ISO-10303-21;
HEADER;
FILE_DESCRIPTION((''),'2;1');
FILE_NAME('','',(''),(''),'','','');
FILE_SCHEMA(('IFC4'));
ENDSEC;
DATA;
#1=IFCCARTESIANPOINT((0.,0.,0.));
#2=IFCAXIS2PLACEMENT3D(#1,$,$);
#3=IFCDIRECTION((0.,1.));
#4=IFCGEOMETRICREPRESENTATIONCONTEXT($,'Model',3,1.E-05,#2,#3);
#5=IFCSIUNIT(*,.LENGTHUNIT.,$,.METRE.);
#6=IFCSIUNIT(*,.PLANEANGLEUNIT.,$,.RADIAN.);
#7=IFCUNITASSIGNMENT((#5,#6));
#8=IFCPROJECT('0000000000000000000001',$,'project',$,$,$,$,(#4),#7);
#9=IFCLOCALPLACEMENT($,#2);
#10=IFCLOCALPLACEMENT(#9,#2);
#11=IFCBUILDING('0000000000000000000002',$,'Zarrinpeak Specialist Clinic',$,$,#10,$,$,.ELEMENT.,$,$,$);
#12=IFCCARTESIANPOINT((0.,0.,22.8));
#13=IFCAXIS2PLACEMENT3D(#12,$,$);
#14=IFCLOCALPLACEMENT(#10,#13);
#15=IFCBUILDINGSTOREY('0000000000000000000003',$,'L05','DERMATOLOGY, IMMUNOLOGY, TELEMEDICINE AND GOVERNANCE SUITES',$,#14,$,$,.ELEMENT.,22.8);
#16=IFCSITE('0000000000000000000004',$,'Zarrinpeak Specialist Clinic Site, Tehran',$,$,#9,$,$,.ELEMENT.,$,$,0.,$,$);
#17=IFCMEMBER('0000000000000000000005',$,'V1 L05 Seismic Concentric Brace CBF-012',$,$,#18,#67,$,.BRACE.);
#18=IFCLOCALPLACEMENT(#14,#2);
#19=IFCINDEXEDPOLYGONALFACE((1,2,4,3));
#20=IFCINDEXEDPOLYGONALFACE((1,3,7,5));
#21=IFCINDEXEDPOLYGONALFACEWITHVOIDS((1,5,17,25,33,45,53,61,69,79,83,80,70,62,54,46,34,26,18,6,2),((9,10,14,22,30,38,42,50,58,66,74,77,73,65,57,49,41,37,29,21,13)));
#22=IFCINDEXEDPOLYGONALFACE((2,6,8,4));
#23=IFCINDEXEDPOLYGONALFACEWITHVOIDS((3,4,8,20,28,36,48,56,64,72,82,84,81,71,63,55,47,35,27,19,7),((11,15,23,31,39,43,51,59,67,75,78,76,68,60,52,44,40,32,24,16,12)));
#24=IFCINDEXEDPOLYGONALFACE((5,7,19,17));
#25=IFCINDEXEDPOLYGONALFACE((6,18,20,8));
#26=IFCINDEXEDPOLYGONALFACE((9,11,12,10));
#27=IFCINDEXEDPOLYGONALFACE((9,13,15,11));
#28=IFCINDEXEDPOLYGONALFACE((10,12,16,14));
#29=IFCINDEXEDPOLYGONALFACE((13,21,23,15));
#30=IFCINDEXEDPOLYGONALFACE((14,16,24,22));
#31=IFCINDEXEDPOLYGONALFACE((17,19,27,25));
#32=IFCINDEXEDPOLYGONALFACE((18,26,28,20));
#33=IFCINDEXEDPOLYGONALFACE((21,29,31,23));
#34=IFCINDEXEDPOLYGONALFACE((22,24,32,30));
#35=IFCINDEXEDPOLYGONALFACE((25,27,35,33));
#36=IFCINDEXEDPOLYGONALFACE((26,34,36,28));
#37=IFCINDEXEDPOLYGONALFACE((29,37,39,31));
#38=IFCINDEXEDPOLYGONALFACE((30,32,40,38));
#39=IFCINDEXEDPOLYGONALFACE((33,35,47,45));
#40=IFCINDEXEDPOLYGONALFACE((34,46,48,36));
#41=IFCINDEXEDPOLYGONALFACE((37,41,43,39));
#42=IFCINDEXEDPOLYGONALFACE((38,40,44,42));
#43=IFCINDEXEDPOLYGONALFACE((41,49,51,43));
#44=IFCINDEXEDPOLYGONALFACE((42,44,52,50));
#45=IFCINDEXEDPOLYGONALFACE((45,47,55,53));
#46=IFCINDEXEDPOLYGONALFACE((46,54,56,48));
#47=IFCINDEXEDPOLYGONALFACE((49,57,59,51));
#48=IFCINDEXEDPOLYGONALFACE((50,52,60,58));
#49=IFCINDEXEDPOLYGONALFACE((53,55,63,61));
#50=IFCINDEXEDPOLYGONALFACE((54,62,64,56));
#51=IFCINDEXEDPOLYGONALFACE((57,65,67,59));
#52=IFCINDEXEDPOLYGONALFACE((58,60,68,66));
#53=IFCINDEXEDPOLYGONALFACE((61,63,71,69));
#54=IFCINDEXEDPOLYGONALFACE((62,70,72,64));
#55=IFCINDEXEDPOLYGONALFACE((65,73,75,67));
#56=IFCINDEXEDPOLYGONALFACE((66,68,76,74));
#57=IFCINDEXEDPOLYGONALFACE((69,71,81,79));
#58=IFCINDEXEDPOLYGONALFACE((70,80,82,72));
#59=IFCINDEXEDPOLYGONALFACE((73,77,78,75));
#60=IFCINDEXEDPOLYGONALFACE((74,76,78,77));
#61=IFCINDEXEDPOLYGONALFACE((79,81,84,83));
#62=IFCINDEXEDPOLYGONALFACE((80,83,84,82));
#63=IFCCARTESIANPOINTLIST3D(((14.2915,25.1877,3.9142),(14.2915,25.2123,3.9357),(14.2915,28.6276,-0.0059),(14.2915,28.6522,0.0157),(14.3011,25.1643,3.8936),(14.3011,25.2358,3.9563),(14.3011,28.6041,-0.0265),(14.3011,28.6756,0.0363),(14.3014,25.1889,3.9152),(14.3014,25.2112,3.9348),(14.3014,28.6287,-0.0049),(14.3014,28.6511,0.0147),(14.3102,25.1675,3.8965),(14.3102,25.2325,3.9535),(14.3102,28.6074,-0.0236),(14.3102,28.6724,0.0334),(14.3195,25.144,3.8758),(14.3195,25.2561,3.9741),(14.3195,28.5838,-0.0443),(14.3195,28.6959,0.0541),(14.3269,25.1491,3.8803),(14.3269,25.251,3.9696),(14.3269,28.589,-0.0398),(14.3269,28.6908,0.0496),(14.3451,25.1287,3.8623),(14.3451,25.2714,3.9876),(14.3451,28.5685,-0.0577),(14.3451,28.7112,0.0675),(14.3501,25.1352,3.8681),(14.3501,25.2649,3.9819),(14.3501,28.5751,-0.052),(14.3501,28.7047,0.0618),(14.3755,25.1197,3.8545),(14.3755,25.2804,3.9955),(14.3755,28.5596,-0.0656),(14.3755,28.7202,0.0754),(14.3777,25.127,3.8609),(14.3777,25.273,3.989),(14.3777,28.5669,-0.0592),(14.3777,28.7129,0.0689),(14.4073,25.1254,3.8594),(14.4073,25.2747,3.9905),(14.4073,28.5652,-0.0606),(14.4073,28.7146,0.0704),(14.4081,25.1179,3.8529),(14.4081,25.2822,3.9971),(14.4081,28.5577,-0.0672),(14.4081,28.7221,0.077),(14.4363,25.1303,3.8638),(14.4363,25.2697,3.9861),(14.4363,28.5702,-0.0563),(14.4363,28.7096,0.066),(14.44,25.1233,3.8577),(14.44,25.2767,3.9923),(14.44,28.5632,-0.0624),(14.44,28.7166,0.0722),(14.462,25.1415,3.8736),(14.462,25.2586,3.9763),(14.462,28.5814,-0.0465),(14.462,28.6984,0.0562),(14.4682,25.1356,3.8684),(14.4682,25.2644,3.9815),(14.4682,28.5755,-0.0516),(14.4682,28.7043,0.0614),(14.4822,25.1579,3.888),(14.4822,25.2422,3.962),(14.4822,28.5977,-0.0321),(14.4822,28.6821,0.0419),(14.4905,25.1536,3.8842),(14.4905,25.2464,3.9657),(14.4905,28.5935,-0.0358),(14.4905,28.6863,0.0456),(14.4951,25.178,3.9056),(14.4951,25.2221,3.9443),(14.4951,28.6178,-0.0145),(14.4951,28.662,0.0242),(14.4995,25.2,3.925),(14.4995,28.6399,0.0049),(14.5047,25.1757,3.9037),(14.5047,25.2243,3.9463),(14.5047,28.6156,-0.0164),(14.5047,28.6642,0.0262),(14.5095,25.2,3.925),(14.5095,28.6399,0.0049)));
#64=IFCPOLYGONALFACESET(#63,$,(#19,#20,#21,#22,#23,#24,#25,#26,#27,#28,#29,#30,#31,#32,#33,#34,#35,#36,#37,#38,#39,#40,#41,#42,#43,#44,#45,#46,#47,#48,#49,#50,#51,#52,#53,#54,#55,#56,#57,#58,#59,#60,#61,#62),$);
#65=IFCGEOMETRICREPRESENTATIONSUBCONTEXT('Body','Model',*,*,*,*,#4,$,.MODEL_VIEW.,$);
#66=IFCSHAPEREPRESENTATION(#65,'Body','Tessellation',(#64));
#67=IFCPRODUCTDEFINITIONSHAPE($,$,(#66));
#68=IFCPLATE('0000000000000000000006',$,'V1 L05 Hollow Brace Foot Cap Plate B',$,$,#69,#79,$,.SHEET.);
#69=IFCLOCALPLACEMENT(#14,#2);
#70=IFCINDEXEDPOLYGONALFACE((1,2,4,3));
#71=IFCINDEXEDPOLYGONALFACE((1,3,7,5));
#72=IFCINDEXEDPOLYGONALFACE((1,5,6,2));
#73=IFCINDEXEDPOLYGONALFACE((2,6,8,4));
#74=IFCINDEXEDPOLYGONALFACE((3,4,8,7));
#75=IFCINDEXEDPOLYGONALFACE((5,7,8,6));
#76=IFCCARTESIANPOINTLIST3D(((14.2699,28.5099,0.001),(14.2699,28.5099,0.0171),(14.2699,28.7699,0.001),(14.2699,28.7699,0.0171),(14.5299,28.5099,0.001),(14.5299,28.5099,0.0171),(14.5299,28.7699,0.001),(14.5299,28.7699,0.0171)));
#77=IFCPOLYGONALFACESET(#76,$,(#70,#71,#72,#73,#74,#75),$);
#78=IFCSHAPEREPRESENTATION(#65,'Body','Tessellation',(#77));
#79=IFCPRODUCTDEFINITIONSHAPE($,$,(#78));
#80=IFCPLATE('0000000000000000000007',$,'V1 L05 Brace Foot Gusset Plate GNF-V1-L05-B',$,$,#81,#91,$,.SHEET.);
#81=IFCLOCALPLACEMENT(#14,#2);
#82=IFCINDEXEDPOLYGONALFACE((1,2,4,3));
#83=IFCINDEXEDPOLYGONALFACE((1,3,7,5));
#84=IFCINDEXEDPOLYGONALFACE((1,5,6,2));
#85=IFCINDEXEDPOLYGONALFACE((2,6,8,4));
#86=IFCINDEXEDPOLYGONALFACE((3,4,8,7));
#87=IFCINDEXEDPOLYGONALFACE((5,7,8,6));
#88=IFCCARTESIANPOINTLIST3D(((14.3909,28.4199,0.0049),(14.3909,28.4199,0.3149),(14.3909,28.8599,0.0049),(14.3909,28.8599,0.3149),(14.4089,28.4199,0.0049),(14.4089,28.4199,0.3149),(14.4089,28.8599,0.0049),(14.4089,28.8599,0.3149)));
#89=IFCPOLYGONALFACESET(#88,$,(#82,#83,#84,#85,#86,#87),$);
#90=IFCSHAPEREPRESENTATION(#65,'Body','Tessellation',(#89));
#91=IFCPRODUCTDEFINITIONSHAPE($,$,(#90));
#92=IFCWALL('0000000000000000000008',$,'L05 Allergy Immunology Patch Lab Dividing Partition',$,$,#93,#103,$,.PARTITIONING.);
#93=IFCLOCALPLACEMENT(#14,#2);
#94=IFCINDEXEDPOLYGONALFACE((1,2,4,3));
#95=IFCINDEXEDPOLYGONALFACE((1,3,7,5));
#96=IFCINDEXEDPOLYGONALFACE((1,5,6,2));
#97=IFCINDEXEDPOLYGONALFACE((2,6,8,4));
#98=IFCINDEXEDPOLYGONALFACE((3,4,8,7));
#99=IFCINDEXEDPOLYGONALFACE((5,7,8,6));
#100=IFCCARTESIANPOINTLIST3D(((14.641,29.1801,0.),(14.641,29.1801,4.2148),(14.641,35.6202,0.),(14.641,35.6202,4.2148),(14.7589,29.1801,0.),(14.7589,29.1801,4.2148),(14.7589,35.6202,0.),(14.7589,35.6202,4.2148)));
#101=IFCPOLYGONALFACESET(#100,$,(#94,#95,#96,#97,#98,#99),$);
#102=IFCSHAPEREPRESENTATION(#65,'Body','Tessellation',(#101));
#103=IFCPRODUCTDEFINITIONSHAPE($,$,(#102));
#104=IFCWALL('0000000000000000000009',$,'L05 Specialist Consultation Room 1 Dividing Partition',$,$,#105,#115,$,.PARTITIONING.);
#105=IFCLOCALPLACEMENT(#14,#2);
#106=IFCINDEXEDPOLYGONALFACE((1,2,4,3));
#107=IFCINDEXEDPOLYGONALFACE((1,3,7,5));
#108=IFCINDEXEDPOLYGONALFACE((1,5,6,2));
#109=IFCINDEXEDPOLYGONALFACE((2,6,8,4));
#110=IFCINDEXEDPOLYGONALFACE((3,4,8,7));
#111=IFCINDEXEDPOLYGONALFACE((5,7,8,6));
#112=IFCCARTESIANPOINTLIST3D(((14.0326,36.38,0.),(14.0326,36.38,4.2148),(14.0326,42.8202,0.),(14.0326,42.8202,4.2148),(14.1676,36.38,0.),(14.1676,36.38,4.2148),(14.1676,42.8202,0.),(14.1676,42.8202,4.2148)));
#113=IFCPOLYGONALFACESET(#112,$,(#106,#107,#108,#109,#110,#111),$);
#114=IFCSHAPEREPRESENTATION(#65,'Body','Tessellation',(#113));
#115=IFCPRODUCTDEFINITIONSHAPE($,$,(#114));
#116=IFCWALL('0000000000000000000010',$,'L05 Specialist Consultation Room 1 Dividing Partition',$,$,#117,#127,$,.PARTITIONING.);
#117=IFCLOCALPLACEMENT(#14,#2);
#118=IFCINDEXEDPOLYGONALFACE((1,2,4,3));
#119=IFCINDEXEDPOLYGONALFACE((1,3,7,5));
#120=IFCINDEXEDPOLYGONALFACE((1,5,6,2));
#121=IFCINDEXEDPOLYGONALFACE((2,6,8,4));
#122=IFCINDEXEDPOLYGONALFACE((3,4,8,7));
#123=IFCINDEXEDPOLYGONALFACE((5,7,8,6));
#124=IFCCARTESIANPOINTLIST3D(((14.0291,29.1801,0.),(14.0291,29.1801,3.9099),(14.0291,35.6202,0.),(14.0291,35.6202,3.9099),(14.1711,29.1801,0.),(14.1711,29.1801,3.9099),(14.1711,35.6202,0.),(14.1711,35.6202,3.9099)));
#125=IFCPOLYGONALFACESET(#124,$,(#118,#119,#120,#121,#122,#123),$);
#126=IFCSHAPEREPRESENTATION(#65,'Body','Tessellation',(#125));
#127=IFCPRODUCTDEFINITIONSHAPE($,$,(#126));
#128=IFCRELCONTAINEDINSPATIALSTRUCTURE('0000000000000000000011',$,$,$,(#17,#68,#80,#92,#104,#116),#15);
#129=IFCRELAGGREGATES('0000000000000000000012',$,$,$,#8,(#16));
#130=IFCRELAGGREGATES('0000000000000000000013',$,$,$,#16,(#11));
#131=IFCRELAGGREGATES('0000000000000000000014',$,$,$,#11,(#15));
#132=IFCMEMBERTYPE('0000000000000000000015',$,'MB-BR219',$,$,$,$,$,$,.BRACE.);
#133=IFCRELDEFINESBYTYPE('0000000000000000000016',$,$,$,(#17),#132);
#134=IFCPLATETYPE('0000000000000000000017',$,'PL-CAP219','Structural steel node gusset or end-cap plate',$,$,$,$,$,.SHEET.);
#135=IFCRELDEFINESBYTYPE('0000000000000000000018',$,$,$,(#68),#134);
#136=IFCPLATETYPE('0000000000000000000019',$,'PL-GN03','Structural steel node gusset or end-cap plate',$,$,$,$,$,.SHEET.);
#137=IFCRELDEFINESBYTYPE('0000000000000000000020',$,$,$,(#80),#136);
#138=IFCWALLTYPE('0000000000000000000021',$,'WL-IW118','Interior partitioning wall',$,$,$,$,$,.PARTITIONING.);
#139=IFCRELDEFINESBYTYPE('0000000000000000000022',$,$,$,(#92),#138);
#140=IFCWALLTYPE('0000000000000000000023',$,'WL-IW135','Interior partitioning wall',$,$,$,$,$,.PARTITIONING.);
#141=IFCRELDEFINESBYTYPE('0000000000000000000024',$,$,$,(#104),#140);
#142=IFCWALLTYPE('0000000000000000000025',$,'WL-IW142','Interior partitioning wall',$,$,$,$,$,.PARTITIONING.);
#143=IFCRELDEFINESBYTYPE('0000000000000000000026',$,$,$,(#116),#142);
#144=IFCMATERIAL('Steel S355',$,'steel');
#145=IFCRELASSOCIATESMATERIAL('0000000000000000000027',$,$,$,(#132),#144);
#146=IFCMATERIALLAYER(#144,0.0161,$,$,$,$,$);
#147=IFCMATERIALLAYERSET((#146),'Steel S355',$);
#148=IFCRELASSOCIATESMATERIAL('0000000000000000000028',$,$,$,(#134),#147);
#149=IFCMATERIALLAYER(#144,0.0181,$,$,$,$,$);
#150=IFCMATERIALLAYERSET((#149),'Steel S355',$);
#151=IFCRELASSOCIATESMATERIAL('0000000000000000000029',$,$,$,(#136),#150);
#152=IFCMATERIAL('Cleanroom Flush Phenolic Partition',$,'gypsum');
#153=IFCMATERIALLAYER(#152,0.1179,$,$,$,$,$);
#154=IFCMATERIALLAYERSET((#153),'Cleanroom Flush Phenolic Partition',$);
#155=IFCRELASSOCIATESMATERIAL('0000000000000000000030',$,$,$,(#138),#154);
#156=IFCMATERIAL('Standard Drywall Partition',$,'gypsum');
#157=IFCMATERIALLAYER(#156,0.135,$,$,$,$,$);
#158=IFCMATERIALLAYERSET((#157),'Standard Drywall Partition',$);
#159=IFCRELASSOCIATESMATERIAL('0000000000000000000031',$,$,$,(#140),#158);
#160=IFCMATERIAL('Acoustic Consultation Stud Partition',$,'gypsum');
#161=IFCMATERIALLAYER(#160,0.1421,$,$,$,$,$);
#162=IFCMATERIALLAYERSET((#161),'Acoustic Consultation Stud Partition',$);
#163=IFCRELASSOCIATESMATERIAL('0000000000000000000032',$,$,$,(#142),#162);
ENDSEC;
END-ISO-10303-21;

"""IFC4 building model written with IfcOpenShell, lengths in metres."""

from ifc_helpers import new_model, si_unit, direction, frame, frame_2d, origin, origin_2d, place, context, subcontext, project, spatial, rectangle, hollow_circle, extrude, material, layer, layer_set, material_profile, profile_set, type_object, element, save


model = new_model("IFC4")

# Units and contexts
model_context = context("Model", 3, precision=1e-05, world=origin(), true_north=direction((0.0, 1.0)))
body_context = subcontext(model_context, "Body", "Model", "MODEL_VIEW")
ifc_project = project(units=[si_unit("LENGTHUNIT", "METRE"), si_unit("PLANEANGLEUNIT", "RADIAN")], contexts=[model_context])

# Site, building, storey
site_placement = place(None, origin())
site = spatial("IfcSite", under=ifc_project, at=site_placement, Name="Zarrinpeak Specialist Clinic Site, Tehran", CompositionType="ELEMENT", RefElevation=0.0)
building_placement = place(site_placement, origin())
building = spatial("IfcBuilding", under=site, at=building_placement, Name="Zarrinpeak Specialist Clinic", CompositionType="ELEMENT")
storey_placement = place(building_placement, frame((0.0, 0.0, 22.8)))
storey = spatial("IfcBuildingStorey", under=building, at=storey_placement, Name="L05", Description="DERMATOLOGY, IMMUNOLOGY, TELEMEDICINE AND GOVERNANCE SUITES", CompositionType="ELEMENT", Elevation=22.8)

# Shared definitions
ifc_material_1 = material(Name="Steel S355", Category="steel")

# Member
ifc_material_profile_1 = material_profile(ifc_material_1, hollow_circle(Radius=0.1096, WallThickness=0.01, at=origin_2d()), Name="CHS 219.1x10.0")
ifc_profile_set_1 = profile_set([ifc_material_profile_1], Name="Steel S355")
member_type = type_object("IfcMemberType", Name="MB-BR219", PredefinedType="BRACE", material=ifc_profile_set_1)
member_placement = place(storey_placement, frame((14.3999, 28.6399, 0.0049), z_axis=(0.0, -0.659568, 0.751645), x_axis=(1.0, 0.0, 0.0)))
element("IfcMember", 1, at=member_placement, inside=storey, type_object=member_type, Name="V1 L05 Seismic Concentric Brace CBF-012", PredefinedType="BRACE", context=body_context, shape_type="SweptSolid", body=[
    extrude(hollow_circle(Radius=0.1096, WallThickness=0.01, at=origin_2d()), origin(), (0.0, 0.0, 1.0), 5.2153),
])

# Plates
ifc_layer_1 = layer(ifc_material_1, 0.0161)
ifc_layer_set_1 = layer_set([ifc_layer_1], Name="Steel S355")
plate_type_1 = type_object("IfcPlateType", Name="PL-CAP219", Description="Structural steel node gusset or end-cap plate", PredefinedType="SHEET", material=ifc_layer_set_1)
plate_1_placement = place(storey_placement, frame((14.3999, 28.6399, 0.001), z_axis=(0.0, 0.0, 1.0), x_axis=(1.0, 0.0, 0.0)))
element("IfcPlate", 2, at=plate_1_placement, inside=storey, type_object=plate_type_1, Name="V1 L05 Hollow Brace Foot Cap Plate B", PredefinedType="SHEET", context=body_context, shape_type="SweptSolid", body=[
    extrude(rectangle(XDim=0.26, YDim=0.26, at=origin_2d()), origin(), (0.0, 0.0, 1.0), 0.0161),
])
ifc_layer_2 = layer(ifc_material_1, 0.0181)
ifc_layer_set_2 = layer_set([ifc_layer_2], Name="Steel S355")
plate_type_2 = type_object("IfcPlateType", Name="PL-GN03", Description="Structural steel node gusset or end-cap plate", PredefinedType="SHEET", material=ifc_layer_set_2)
plate_2_placement = place(storey_placement, frame((14.3999, 28.6399, 0.0049), z_axis=(0.0, 0.0, 1.0), x_axis=(1.0, 0.0, 0.0)))
element("IfcPlate", 3, at=plate_2_placement, inside=storey, type_object=plate_type_2, Name="V1 L05 Brace Foot Gusset Plate GNF-V1-L05-B", PredefinedType="SHEET", context=body_context, shape_type="SweptSolid", body=[
    extrude(rectangle(XDim=0.0181, YDim=0.4399, at=origin_2d()), origin(), (0.0, 0.0, 1.0), 0.3101),
])

# Walls
ifc_material_2 = material(Name="Cleanroom Flush Phenolic Partition", Category="gypsum")
ifc_layer_3 = layer(ifc_material_2, 0.1179)
ifc_layer_set_3 = layer_set([ifc_layer_3], Name="Cleanroom Flush Phenolic Partition")
wall_type_1 = type_object("IfcWallType", Name="WL-IW118", Description="Interior partitioning wall", PredefinedType="PARTITIONING", material=ifc_layer_set_3)
wall_1_placement = place(storey_placement, frame((14.7, 29.1799, 0.0), z_axis=(0.0, 0.0, 1.0), x_axis=(0.0, 1.0, 0.0)))
element("IfcWall", 4, at=wall_1_placement, inside=storey, type_object=wall_type_1, Name="L05 Allergy Immunology Patch Lab Dividing Partition", PredefinedType="PARTITIONING", context=body_context, shape_type="SweptSolid", body=[
    extrude(rectangle(XDim=6.4402, YDim=0.1179, at=frame_2d((3.2202, 0.0))), origin(), (0.0, 0.0, 1.0), 4.2148),
])
ifc_material_3 = material(Name="Standard Drywall Partition", Category="gypsum")
ifc_layer_4 = layer(ifc_material_3, 0.135)
ifc_layer_set_4 = layer_set([ifc_layer_4], Name="Standard Drywall Partition")
wall_type_2 = type_object("IfcWallType", Name="WL-IW135", Description="Interior partitioning wall", PredefinedType="PARTITIONING", material=ifc_layer_set_4)
wall_2_placement = place(storey_placement, frame((14.1001, 36.3799, 0.0), z_axis=(0.0, 0.0, 1.0), x_axis=(0.0, 1.0, 0.0)))
element("IfcWall", 5, at=wall_2_placement, inside=storey, type_object=wall_type_2, Name="L05 Specialist Consultation Room 1 Dividing Partition", PredefinedType="PARTITIONING", context=body_context, shape_type="SweptSolid", body=[
    extrude(rectangle(XDim=6.4402, YDim=0.135, at=frame_2d((3.2202, 0.0))), origin(), (0.0, 0.0, 1.0), 4.2148),
])
ifc_material_4 = material(Name="Acoustic Consultation Stud Partition", Category="gypsum")
ifc_layer_5 = layer(ifc_material_4, 0.1421)
ifc_layer_set_5 = layer_set([ifc_layer_5], Name="Acoustic Consultation Stud Partition")
wall_type_3 = type_object("IfcWallType", Name="WL-IW142", Description="Interior partitioning wall", PredefinedType="PARTITIONING", material=ifc_layer_set_5)
wall_3_placement = place(storey_placement, frame((14.1001, 29.1799, 0.0), z_axis=(0.0, 0.0, 1.0), x_axis=(0.0, 1.0, 0.0)))
element("IfcWall", 6, at=wall_3_placement, inside=storey, type_object=wall_type_3, Name="L05 Specialist Consultation Room 1 Dividing Partition", PredefinedType="PARTITIONING", context=body_context, shape_type="SweptSolid", body=[
    extrude(rectangle(XDim=6.4402, YDim=0.1421, at=frame_2d((3.2202, 0.0))), origin(), (0.0, 0.0, 1.0), 3.9099),
])

save(model, "model.ifc")
